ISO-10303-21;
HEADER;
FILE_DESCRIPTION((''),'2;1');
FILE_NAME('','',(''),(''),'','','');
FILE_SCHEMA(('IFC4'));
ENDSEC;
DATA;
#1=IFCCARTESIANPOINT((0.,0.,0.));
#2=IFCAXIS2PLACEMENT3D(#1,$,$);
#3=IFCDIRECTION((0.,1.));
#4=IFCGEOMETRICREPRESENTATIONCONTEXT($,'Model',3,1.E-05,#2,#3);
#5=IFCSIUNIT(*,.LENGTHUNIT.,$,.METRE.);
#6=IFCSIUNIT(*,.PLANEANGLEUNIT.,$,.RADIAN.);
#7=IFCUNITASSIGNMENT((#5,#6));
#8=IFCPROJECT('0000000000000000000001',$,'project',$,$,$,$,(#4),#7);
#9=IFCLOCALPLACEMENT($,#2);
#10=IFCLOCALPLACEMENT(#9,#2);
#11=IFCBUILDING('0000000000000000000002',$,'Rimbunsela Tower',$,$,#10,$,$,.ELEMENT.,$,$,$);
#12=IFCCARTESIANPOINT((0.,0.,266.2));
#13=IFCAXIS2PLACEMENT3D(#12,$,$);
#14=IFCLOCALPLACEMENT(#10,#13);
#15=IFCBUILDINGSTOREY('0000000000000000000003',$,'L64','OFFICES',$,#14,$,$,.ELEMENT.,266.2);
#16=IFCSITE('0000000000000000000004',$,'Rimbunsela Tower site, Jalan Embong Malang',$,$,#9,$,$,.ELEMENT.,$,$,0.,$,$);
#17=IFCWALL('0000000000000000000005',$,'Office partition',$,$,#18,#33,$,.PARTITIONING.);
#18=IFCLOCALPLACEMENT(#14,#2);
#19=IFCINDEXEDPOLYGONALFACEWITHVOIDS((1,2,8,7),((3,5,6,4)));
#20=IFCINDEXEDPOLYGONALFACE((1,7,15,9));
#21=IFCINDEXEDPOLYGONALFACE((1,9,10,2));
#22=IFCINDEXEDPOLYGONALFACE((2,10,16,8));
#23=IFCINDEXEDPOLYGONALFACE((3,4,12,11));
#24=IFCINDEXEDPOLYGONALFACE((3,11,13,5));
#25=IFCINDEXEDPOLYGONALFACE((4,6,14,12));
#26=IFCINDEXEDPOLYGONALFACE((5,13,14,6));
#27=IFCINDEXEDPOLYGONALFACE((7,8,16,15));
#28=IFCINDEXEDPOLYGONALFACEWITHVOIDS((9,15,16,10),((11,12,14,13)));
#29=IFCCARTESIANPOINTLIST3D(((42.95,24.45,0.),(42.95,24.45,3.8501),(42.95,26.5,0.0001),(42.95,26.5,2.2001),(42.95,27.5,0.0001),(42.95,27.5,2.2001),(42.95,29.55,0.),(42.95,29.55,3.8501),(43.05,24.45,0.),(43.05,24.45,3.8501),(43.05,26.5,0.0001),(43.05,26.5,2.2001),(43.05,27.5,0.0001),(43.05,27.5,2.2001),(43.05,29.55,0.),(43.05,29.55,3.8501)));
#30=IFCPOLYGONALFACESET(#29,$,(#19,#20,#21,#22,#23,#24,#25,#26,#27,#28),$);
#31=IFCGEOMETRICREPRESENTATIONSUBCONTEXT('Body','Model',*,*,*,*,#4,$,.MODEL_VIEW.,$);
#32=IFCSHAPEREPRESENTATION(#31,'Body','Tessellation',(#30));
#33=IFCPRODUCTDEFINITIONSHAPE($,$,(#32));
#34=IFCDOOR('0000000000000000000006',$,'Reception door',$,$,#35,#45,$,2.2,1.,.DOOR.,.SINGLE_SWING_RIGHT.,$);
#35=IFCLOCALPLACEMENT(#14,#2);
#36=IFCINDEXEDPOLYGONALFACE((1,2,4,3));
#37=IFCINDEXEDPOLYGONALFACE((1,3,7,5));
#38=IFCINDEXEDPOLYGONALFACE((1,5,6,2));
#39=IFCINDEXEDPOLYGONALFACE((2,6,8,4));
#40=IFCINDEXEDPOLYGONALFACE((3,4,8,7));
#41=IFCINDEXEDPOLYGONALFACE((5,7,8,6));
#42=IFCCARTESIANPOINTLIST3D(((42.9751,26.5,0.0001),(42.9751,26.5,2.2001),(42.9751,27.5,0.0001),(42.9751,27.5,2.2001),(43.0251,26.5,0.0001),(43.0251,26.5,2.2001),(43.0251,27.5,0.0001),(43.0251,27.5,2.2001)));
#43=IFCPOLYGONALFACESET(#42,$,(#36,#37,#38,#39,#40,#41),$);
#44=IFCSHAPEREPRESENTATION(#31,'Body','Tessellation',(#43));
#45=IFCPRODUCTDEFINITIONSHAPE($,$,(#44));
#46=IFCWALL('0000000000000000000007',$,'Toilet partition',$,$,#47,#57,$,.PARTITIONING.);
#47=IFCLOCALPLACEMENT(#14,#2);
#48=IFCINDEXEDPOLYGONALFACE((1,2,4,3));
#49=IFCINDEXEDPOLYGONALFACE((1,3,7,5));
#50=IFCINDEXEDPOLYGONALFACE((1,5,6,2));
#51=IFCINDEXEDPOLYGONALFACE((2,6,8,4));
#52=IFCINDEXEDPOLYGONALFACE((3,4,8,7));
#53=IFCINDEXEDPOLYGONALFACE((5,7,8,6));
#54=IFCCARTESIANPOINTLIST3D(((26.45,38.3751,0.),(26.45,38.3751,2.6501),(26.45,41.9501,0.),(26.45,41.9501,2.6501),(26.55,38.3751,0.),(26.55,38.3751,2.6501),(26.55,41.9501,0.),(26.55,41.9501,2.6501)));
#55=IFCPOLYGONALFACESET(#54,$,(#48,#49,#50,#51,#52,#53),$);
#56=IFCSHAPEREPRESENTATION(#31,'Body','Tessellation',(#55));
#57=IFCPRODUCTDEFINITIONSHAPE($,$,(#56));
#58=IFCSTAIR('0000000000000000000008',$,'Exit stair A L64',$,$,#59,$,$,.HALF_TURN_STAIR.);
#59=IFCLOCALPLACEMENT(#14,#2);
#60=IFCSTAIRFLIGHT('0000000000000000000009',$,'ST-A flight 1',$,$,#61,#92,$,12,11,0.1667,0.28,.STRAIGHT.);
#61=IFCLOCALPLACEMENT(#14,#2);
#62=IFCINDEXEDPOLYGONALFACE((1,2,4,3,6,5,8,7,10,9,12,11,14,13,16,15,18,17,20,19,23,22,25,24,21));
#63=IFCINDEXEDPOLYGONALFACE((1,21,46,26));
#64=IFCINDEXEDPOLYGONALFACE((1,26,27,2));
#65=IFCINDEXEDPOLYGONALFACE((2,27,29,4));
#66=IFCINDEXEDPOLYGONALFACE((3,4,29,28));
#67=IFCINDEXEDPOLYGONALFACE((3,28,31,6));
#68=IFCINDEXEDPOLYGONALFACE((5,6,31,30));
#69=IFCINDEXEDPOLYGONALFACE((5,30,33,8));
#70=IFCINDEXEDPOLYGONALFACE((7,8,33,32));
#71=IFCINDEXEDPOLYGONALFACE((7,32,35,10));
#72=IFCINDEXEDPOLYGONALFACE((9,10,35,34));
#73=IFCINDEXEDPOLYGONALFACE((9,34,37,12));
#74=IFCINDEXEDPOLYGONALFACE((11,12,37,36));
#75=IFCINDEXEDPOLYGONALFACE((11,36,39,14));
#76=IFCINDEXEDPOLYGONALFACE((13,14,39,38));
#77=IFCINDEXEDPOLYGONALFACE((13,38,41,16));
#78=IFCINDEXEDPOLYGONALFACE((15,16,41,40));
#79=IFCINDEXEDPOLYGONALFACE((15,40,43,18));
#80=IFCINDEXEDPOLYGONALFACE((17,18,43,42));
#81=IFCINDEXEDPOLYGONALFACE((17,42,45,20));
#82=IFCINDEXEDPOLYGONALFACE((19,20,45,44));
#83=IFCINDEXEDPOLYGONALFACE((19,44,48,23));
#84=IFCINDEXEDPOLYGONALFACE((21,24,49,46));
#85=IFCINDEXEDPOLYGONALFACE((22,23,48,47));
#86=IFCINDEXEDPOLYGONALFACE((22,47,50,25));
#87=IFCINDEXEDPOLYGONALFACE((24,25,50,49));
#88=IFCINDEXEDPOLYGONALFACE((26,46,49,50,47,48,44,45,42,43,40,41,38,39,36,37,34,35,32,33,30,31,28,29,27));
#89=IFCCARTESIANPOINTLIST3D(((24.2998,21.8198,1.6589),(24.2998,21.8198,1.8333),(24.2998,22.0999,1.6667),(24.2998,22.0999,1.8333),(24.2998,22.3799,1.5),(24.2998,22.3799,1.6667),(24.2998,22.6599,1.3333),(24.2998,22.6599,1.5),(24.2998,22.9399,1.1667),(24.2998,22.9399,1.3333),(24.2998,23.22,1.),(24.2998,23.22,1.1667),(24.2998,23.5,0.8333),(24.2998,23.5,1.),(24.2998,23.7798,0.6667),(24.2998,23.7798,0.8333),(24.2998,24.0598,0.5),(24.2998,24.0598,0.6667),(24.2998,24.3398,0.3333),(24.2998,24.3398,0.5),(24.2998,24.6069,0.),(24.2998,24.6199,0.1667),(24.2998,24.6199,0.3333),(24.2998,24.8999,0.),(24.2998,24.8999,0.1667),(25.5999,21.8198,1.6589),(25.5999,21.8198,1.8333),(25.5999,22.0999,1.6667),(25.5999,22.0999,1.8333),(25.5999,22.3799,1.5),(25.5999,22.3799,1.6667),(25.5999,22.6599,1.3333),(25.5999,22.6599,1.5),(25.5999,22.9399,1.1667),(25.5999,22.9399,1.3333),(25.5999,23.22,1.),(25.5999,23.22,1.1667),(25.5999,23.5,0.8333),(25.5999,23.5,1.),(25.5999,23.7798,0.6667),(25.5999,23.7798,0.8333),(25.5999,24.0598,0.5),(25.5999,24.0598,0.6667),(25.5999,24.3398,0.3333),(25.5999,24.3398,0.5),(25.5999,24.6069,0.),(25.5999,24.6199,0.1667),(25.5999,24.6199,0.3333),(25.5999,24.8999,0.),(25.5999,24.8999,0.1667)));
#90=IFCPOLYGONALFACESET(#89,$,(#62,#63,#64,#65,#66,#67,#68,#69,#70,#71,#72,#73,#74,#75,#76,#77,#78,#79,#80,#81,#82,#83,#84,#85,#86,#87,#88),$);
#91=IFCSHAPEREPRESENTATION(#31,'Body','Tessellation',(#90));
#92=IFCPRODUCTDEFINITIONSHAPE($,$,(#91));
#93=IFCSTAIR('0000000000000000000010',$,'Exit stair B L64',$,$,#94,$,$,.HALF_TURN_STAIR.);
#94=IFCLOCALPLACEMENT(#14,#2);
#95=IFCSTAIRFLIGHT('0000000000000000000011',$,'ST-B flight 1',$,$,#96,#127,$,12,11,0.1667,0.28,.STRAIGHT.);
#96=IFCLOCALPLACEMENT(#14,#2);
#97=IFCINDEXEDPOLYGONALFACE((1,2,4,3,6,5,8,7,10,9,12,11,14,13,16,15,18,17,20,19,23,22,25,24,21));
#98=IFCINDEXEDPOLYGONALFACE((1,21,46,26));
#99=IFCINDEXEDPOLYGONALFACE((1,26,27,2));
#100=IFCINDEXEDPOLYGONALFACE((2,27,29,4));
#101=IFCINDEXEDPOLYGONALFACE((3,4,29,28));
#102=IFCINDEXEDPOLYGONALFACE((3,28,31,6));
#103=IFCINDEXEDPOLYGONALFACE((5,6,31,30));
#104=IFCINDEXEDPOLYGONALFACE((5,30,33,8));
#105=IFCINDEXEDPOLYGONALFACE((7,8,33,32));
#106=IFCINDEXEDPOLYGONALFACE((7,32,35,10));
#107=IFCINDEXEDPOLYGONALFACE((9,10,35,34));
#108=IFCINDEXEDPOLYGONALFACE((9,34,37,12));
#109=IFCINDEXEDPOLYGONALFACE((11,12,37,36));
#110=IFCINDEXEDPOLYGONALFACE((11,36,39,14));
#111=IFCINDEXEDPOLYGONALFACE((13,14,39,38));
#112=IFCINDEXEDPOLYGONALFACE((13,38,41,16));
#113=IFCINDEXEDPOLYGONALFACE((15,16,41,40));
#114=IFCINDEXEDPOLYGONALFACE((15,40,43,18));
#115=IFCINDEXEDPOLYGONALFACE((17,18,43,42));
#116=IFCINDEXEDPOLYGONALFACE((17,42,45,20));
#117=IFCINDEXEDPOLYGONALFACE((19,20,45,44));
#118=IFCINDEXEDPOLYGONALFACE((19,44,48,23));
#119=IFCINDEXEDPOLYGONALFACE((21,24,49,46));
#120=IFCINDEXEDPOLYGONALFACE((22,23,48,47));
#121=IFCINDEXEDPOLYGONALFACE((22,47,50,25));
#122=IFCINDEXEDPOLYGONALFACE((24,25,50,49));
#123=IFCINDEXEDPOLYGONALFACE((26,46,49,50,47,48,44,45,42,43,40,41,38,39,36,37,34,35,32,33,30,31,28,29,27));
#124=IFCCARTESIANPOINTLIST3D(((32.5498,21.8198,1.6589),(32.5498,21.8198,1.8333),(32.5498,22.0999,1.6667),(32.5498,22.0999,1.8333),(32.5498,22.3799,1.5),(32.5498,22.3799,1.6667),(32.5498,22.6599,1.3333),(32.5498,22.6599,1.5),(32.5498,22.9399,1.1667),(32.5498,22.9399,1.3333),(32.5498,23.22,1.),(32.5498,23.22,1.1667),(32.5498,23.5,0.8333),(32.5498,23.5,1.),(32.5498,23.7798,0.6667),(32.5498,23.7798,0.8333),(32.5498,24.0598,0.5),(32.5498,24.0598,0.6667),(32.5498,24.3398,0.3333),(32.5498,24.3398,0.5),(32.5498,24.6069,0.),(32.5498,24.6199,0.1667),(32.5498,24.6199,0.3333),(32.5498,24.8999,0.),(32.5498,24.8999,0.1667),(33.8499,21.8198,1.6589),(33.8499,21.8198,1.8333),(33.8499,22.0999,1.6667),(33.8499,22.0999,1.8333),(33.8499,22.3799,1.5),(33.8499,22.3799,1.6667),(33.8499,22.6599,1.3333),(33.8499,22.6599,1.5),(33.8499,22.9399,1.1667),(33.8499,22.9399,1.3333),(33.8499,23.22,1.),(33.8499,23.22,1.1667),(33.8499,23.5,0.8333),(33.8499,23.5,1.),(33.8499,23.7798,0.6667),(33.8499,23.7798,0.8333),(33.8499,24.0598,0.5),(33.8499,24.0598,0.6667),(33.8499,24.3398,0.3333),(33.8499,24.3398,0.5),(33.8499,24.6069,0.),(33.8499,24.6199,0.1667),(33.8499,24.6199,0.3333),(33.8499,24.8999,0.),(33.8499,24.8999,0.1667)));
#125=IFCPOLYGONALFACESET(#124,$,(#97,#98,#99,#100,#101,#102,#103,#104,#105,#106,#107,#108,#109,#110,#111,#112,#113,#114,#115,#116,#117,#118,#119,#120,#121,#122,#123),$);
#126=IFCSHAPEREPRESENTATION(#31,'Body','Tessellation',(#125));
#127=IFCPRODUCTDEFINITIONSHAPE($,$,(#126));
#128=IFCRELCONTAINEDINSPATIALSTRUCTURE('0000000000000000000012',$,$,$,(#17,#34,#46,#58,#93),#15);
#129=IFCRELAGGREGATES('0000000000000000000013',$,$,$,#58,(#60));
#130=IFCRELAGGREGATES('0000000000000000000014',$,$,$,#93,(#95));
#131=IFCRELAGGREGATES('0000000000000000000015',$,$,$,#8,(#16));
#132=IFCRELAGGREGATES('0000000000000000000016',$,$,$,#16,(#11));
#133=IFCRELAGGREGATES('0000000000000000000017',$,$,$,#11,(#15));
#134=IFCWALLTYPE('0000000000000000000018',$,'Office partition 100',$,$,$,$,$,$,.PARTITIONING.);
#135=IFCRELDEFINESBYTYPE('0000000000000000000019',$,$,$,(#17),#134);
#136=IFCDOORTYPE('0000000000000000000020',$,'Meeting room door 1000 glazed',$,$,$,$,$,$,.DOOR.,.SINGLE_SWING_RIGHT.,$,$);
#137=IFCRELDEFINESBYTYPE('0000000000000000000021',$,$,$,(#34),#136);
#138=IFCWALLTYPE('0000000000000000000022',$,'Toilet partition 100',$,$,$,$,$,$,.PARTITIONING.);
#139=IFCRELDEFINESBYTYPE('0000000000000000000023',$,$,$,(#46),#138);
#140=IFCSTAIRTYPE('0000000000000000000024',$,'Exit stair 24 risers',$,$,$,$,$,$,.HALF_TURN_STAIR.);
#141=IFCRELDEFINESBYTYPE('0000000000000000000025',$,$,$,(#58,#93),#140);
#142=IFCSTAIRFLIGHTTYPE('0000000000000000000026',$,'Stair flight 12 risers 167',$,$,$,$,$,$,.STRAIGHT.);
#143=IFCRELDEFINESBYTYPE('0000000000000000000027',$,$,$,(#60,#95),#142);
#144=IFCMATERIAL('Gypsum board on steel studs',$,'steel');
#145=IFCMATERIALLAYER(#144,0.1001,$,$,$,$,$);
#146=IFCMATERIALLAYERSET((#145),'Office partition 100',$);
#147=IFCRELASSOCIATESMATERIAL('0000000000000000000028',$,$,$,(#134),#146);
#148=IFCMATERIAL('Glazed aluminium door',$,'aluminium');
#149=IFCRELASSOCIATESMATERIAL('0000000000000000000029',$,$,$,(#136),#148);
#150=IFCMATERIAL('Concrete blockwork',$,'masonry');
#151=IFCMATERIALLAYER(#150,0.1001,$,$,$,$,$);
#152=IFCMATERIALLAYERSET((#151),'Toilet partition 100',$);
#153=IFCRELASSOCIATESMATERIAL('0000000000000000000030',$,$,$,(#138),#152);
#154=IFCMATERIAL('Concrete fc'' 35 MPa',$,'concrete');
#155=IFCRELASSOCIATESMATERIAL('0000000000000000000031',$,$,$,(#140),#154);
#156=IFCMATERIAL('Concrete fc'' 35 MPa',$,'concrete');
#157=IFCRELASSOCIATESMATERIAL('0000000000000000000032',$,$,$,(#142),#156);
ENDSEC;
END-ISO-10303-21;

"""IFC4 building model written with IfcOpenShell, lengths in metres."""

from ifc_helpers import new_model, si_unit, direction, frame, frame_2d, origin, place, context, subcontext, project, spatial, polyline, rectangle, outline, extrude, material, layer, layer_set, type_object, element, fill, aggregate, save


model = new_model("IFC4")

# Units and contexts
model_context = context("Model", 3, precision=1e-05, world=origin(), true_north=direction((0.0, 1.0)))
body_context = subcontext(model_context, "Body", "Model", "MODEL_VIEW")
ifc_project = project(units=[si_unit("LENGTHUNIT", "METRE"), si_unit("PLANEANGLEUNIT", "RADIAN")], contexts=[model_context])

# Site, building, storey
site_placement = place(None, origin())
site = spatial("IfcSite", under=ifc_project, at=site_placement, Name="Rimbunsela Tower site, Jalan Embong Malang", CompositionType="ELEMENT", RefElevation=0.0)
building_placement = place(site_placement, origin())
building = spatial("IfcBuilding", under=site, at=building_placement, Name="Rimbunsela Tower", CompositionType="ELEMENT")
storey_placement = place(building_placement, frame((0.0, 0.0, 266.2)))
storey = spatial("IfcBuildingStorey", under=building, at=storey_placement, Name="L64", Description="OFFICES", CompositionType="ELEMENT", Elevation=266.2)

# Shared definitions
ifc_material_1 = material(Name="Gypsum board on steel studs", Category="steel")
ifc_layer_1 = layer(ifc_material_1, 0.1001)
ifc_layer_set_1 = layer_set([ifc_layer_1], Name="Office partition 100")
wall_type_1 = type_object("IfcWallType", Name="Office partition 100", PredefinedType="PARTITIONING", material=ifc_layer_set_1)

# Wall, opening, door
wall_1_placement = place(storey_placement, frame((43.0, 24.45, 0.0), z_axis=(0.0, 0.0, 1.0), x_axis=(0.0, 1.0, 0.0)))
wall_1 = element("IfcWall", 1, at=wall_1_placement, inside=storey, type_object=wall_type_1, Name="Office partition", PredefinedType="PARTITIONING", context=body_context, shape_type="SweptSolid", body=[
    extrude(rectangle(XDim=5.1001, YDim=0.1001, at=frame_2d((2.55, 0.0))), origin(), (0.0, 0.0, 1.0), 3.8501),
])
opening_1_placement = place(wall_1_placement, frame((2.05, 0.0, 0.0)))
opening_1 = element("IfcOpeningElement", 2, at=opening_1_placement, cuts=wall_1, PredefinedType="OPENING", context=body_context, shape_type="SweptSolid", body=[
    extrude(rectangle(XDim=1.0, YDim=2.2, at=frame_2d((0.5, 1.1001))), frame((0.0, 0.0601, 0.0), z_axis=(0.0, -1.0, 0.0), x_axis=(1.0, 0.0, 0.0)), (0.0, 0.0, 1.0), 0.1201),
])
ifc_material_2 = material(Name="Glazed aluminium door", Category="aluminium")
door_type_1 = type_object("IfcDoorType", Name="Meeting room door 1000 glazed", OperationType="SINGLE_SWING_RIGHT", PredefinedType="DOOR", material=ifc_material_2)
door_1_placement = place(opening_1_placement, origin())
door_1 = element("IfcDoor", 3, at=door_1_placement, inside=storey, type_object=door_type_1, Name="Reception door", OperationType="SINGLE_SWING_RIGHT", OverallHeight=2.2, OverallWidth=1.0, PredefinedType="DOOR", context=body_context, shape_type="SweptSolid", body=[
    extrude(rectangle(XDim=1.0, YDim=2.2, at=frame_2d((0.5, 1.1001))), frame((0.0, 0.0249, 0.0), z_axis=(0.0, -1.0, 0.0), x_axis=(1.0, 0.0, 0.0)), (0.0, 0.0, 1.0), 0.05),
])
fill(opening_1, door_1)

# Wall
ifc_material_3 = material(Name="Concrete blockwork", Category="masonry")
ifc_layer_2 = layer(ifc_material_3, 0.1001)
ifc_layer_set_2 = layer_set([ifc_layer_2], Name="Toilet partition 100")
wall_type_2 = type_object("IfcWallType", Name="Toilet partition 100", PredefinedType="PARTITIONING", material=ifc_layer_set_2)
wall_2_placement = place(storey_placement, frame((26.5, 38.375, 0.0), z_axis=(0.0, 0.0, 1.0), x_axis=(0.0, 1.0, 0.0)))
element("IfcWall", 4, at=wall_2_placement, inside=storey, type_object=wall_type_2, Name="Toilet partition", PredefinedType="PARTITIONING", context=body_context, shape_type="SweptSolid", body=[
    extrude(rectangle(XDim=3.575, YDim=0.1001, at=frame_2d((1.7876, 0.0))), origin(), (0.0, 0.0, 1.0), 2.6501),
])

# Stairs, stair flights
ifc_material_4 = material(Name="Concrete fc' 35 MPa", Category="concrete")
stair_type = type_object("IfcStairType", Name="Exit stair 24 risers", PredefinedType="HALF_TURN_STAIR", material=ifc_material_4)
stair_1_placement = place(storey_placement, origin())
stair_1 = element("IfcStair", 5, at=stair_1_placement, inside=storey, type_object=stair_type, Name="Exit stair A L64", PredefinedType="HALF_TURN_STAIR")
ifc_material_5 = material(Name="Concrete fc' 35 MPa", Category="concrete")
stair_flight_type = type_object("IfcStairFlightType", Name="Stair flight 12 risers 167", PredefinedType="STRAIGHT", material=ifc_material_5)
stair_flight_1_placement = place(storey_placement, frame((24.95, 24.8999, 0.0), z_axis=(0.0, 0.0, 1.0), x_axis=(0.0, -1.0, 0.0)))
stair_flight_1 = element("IfcStairFlight", 6, at=stair_flight_1_placement, type_object=stair_flight_type, Name="ST-A flight 1", NumberOfRisers=12, NumberOfTreads=11, PredefinedType="STRAIGHT", RiserHeight=0.1667, TreadLength=0.28, context=body_context, shape_type="SweptSolid", body=[
    extrude(outline(polyline([(0.0, 0.0), (0.0, 0.1667), (0.28, 0.1667), (0.28, 0.3333), (0.5601, 0.3333), (0.5601, 0.5), (0.8401, 0.5), (0.8401, 0.6667), (1.1201, 0.6667), (1.1201, 0.8333), (1.3999, 0.8333), (1.3999, 1.0), (1.6799, 1.0), (1.6799, 1.1667), (1.96, 1.1667), (1.96, 1.3333), (2.24, 1.3333), (2.24, 1.5), (2.52, 1.5), (2.52, 1.6667), (2.8, 1.6667), (2.8, 1.8333), (3.0801, 1.8333), (3.0801, 2.0), (3.0801, 1.6589), (0.293, 0.0), (0.0, 0.0)])), frame((0.0, 0.6499, 0.0), z_axis=(0.0, -1.0, 0.0), x_axis=(1.0, 0.0, 0.0)), (0.0, 0.0, 1.0), 1.3),
])
aggregate(stair_1, [stair_flight_1])
stair_2_placement = place(storey_placement, origin())
stair_2 = element("IfcStair", 7, at=stair_2_placement, inside=storey, type_object=stair_type, Name="Exit stair B L64", PredefinedType="HALF_TURN_STAIR")
stair_flight_2_placement = place(storey_placement, frame((33.2, 24.8999, 0.0), z_axis=(0.0, 0.0, 1.0), x_axis=(0.0, -1.0, 0.0)))
stair_flight_2 = element("IfcStairFlight", 8, at=stair_flight_2_placement, type_object=stair_flight_type, Name="ST-B flight 1", NumberOfRisers=12, NumberOfTreads=11, PredefinedType="STRAIGHT", RiserHeight=0.1667, TreadLength=0.28, context=body_context, shape_type="SweptSolid", body=[
    extrude(outline(polyline([(0.0, 0.0), (0.0, 0.1667), (0.28, 0.1667), (0.28, 0.3333), (0.5601, 0.3333), (0.5601, 0.5), (0.8401, 0.5), (0.8401, 0.6667), (1.1201, 0.6667), (1.1201, 0.8333), (1.3999, 0.8333), (1.3999, 1.0), (1.6799, 1.0), (1.6799, 1.1667), (1.96, 1.1667), (1.96, 1.3333), (2.24, 1.3333), (2.24, 1.5), (2.52, 1.5), (2.52, 1.6667), (2.8, 1.6667), (2.8, 1.8333), (3.0801, 1.8333), (3.0801, 2.0), (3.0801, 1.6589), (0.293, 0.0), (0.0, 0.0)])), frame((0.0, 0.6499, 0.0), z_axis=(0.0, -1.0, 0.0), x_axis=(1.0, 0.0, 0.0)), (0.0, 0.0, 1.0), 1.3),
])
aggregate(stair_2, [stair_flight_2])

save(model, "model.ifc")
